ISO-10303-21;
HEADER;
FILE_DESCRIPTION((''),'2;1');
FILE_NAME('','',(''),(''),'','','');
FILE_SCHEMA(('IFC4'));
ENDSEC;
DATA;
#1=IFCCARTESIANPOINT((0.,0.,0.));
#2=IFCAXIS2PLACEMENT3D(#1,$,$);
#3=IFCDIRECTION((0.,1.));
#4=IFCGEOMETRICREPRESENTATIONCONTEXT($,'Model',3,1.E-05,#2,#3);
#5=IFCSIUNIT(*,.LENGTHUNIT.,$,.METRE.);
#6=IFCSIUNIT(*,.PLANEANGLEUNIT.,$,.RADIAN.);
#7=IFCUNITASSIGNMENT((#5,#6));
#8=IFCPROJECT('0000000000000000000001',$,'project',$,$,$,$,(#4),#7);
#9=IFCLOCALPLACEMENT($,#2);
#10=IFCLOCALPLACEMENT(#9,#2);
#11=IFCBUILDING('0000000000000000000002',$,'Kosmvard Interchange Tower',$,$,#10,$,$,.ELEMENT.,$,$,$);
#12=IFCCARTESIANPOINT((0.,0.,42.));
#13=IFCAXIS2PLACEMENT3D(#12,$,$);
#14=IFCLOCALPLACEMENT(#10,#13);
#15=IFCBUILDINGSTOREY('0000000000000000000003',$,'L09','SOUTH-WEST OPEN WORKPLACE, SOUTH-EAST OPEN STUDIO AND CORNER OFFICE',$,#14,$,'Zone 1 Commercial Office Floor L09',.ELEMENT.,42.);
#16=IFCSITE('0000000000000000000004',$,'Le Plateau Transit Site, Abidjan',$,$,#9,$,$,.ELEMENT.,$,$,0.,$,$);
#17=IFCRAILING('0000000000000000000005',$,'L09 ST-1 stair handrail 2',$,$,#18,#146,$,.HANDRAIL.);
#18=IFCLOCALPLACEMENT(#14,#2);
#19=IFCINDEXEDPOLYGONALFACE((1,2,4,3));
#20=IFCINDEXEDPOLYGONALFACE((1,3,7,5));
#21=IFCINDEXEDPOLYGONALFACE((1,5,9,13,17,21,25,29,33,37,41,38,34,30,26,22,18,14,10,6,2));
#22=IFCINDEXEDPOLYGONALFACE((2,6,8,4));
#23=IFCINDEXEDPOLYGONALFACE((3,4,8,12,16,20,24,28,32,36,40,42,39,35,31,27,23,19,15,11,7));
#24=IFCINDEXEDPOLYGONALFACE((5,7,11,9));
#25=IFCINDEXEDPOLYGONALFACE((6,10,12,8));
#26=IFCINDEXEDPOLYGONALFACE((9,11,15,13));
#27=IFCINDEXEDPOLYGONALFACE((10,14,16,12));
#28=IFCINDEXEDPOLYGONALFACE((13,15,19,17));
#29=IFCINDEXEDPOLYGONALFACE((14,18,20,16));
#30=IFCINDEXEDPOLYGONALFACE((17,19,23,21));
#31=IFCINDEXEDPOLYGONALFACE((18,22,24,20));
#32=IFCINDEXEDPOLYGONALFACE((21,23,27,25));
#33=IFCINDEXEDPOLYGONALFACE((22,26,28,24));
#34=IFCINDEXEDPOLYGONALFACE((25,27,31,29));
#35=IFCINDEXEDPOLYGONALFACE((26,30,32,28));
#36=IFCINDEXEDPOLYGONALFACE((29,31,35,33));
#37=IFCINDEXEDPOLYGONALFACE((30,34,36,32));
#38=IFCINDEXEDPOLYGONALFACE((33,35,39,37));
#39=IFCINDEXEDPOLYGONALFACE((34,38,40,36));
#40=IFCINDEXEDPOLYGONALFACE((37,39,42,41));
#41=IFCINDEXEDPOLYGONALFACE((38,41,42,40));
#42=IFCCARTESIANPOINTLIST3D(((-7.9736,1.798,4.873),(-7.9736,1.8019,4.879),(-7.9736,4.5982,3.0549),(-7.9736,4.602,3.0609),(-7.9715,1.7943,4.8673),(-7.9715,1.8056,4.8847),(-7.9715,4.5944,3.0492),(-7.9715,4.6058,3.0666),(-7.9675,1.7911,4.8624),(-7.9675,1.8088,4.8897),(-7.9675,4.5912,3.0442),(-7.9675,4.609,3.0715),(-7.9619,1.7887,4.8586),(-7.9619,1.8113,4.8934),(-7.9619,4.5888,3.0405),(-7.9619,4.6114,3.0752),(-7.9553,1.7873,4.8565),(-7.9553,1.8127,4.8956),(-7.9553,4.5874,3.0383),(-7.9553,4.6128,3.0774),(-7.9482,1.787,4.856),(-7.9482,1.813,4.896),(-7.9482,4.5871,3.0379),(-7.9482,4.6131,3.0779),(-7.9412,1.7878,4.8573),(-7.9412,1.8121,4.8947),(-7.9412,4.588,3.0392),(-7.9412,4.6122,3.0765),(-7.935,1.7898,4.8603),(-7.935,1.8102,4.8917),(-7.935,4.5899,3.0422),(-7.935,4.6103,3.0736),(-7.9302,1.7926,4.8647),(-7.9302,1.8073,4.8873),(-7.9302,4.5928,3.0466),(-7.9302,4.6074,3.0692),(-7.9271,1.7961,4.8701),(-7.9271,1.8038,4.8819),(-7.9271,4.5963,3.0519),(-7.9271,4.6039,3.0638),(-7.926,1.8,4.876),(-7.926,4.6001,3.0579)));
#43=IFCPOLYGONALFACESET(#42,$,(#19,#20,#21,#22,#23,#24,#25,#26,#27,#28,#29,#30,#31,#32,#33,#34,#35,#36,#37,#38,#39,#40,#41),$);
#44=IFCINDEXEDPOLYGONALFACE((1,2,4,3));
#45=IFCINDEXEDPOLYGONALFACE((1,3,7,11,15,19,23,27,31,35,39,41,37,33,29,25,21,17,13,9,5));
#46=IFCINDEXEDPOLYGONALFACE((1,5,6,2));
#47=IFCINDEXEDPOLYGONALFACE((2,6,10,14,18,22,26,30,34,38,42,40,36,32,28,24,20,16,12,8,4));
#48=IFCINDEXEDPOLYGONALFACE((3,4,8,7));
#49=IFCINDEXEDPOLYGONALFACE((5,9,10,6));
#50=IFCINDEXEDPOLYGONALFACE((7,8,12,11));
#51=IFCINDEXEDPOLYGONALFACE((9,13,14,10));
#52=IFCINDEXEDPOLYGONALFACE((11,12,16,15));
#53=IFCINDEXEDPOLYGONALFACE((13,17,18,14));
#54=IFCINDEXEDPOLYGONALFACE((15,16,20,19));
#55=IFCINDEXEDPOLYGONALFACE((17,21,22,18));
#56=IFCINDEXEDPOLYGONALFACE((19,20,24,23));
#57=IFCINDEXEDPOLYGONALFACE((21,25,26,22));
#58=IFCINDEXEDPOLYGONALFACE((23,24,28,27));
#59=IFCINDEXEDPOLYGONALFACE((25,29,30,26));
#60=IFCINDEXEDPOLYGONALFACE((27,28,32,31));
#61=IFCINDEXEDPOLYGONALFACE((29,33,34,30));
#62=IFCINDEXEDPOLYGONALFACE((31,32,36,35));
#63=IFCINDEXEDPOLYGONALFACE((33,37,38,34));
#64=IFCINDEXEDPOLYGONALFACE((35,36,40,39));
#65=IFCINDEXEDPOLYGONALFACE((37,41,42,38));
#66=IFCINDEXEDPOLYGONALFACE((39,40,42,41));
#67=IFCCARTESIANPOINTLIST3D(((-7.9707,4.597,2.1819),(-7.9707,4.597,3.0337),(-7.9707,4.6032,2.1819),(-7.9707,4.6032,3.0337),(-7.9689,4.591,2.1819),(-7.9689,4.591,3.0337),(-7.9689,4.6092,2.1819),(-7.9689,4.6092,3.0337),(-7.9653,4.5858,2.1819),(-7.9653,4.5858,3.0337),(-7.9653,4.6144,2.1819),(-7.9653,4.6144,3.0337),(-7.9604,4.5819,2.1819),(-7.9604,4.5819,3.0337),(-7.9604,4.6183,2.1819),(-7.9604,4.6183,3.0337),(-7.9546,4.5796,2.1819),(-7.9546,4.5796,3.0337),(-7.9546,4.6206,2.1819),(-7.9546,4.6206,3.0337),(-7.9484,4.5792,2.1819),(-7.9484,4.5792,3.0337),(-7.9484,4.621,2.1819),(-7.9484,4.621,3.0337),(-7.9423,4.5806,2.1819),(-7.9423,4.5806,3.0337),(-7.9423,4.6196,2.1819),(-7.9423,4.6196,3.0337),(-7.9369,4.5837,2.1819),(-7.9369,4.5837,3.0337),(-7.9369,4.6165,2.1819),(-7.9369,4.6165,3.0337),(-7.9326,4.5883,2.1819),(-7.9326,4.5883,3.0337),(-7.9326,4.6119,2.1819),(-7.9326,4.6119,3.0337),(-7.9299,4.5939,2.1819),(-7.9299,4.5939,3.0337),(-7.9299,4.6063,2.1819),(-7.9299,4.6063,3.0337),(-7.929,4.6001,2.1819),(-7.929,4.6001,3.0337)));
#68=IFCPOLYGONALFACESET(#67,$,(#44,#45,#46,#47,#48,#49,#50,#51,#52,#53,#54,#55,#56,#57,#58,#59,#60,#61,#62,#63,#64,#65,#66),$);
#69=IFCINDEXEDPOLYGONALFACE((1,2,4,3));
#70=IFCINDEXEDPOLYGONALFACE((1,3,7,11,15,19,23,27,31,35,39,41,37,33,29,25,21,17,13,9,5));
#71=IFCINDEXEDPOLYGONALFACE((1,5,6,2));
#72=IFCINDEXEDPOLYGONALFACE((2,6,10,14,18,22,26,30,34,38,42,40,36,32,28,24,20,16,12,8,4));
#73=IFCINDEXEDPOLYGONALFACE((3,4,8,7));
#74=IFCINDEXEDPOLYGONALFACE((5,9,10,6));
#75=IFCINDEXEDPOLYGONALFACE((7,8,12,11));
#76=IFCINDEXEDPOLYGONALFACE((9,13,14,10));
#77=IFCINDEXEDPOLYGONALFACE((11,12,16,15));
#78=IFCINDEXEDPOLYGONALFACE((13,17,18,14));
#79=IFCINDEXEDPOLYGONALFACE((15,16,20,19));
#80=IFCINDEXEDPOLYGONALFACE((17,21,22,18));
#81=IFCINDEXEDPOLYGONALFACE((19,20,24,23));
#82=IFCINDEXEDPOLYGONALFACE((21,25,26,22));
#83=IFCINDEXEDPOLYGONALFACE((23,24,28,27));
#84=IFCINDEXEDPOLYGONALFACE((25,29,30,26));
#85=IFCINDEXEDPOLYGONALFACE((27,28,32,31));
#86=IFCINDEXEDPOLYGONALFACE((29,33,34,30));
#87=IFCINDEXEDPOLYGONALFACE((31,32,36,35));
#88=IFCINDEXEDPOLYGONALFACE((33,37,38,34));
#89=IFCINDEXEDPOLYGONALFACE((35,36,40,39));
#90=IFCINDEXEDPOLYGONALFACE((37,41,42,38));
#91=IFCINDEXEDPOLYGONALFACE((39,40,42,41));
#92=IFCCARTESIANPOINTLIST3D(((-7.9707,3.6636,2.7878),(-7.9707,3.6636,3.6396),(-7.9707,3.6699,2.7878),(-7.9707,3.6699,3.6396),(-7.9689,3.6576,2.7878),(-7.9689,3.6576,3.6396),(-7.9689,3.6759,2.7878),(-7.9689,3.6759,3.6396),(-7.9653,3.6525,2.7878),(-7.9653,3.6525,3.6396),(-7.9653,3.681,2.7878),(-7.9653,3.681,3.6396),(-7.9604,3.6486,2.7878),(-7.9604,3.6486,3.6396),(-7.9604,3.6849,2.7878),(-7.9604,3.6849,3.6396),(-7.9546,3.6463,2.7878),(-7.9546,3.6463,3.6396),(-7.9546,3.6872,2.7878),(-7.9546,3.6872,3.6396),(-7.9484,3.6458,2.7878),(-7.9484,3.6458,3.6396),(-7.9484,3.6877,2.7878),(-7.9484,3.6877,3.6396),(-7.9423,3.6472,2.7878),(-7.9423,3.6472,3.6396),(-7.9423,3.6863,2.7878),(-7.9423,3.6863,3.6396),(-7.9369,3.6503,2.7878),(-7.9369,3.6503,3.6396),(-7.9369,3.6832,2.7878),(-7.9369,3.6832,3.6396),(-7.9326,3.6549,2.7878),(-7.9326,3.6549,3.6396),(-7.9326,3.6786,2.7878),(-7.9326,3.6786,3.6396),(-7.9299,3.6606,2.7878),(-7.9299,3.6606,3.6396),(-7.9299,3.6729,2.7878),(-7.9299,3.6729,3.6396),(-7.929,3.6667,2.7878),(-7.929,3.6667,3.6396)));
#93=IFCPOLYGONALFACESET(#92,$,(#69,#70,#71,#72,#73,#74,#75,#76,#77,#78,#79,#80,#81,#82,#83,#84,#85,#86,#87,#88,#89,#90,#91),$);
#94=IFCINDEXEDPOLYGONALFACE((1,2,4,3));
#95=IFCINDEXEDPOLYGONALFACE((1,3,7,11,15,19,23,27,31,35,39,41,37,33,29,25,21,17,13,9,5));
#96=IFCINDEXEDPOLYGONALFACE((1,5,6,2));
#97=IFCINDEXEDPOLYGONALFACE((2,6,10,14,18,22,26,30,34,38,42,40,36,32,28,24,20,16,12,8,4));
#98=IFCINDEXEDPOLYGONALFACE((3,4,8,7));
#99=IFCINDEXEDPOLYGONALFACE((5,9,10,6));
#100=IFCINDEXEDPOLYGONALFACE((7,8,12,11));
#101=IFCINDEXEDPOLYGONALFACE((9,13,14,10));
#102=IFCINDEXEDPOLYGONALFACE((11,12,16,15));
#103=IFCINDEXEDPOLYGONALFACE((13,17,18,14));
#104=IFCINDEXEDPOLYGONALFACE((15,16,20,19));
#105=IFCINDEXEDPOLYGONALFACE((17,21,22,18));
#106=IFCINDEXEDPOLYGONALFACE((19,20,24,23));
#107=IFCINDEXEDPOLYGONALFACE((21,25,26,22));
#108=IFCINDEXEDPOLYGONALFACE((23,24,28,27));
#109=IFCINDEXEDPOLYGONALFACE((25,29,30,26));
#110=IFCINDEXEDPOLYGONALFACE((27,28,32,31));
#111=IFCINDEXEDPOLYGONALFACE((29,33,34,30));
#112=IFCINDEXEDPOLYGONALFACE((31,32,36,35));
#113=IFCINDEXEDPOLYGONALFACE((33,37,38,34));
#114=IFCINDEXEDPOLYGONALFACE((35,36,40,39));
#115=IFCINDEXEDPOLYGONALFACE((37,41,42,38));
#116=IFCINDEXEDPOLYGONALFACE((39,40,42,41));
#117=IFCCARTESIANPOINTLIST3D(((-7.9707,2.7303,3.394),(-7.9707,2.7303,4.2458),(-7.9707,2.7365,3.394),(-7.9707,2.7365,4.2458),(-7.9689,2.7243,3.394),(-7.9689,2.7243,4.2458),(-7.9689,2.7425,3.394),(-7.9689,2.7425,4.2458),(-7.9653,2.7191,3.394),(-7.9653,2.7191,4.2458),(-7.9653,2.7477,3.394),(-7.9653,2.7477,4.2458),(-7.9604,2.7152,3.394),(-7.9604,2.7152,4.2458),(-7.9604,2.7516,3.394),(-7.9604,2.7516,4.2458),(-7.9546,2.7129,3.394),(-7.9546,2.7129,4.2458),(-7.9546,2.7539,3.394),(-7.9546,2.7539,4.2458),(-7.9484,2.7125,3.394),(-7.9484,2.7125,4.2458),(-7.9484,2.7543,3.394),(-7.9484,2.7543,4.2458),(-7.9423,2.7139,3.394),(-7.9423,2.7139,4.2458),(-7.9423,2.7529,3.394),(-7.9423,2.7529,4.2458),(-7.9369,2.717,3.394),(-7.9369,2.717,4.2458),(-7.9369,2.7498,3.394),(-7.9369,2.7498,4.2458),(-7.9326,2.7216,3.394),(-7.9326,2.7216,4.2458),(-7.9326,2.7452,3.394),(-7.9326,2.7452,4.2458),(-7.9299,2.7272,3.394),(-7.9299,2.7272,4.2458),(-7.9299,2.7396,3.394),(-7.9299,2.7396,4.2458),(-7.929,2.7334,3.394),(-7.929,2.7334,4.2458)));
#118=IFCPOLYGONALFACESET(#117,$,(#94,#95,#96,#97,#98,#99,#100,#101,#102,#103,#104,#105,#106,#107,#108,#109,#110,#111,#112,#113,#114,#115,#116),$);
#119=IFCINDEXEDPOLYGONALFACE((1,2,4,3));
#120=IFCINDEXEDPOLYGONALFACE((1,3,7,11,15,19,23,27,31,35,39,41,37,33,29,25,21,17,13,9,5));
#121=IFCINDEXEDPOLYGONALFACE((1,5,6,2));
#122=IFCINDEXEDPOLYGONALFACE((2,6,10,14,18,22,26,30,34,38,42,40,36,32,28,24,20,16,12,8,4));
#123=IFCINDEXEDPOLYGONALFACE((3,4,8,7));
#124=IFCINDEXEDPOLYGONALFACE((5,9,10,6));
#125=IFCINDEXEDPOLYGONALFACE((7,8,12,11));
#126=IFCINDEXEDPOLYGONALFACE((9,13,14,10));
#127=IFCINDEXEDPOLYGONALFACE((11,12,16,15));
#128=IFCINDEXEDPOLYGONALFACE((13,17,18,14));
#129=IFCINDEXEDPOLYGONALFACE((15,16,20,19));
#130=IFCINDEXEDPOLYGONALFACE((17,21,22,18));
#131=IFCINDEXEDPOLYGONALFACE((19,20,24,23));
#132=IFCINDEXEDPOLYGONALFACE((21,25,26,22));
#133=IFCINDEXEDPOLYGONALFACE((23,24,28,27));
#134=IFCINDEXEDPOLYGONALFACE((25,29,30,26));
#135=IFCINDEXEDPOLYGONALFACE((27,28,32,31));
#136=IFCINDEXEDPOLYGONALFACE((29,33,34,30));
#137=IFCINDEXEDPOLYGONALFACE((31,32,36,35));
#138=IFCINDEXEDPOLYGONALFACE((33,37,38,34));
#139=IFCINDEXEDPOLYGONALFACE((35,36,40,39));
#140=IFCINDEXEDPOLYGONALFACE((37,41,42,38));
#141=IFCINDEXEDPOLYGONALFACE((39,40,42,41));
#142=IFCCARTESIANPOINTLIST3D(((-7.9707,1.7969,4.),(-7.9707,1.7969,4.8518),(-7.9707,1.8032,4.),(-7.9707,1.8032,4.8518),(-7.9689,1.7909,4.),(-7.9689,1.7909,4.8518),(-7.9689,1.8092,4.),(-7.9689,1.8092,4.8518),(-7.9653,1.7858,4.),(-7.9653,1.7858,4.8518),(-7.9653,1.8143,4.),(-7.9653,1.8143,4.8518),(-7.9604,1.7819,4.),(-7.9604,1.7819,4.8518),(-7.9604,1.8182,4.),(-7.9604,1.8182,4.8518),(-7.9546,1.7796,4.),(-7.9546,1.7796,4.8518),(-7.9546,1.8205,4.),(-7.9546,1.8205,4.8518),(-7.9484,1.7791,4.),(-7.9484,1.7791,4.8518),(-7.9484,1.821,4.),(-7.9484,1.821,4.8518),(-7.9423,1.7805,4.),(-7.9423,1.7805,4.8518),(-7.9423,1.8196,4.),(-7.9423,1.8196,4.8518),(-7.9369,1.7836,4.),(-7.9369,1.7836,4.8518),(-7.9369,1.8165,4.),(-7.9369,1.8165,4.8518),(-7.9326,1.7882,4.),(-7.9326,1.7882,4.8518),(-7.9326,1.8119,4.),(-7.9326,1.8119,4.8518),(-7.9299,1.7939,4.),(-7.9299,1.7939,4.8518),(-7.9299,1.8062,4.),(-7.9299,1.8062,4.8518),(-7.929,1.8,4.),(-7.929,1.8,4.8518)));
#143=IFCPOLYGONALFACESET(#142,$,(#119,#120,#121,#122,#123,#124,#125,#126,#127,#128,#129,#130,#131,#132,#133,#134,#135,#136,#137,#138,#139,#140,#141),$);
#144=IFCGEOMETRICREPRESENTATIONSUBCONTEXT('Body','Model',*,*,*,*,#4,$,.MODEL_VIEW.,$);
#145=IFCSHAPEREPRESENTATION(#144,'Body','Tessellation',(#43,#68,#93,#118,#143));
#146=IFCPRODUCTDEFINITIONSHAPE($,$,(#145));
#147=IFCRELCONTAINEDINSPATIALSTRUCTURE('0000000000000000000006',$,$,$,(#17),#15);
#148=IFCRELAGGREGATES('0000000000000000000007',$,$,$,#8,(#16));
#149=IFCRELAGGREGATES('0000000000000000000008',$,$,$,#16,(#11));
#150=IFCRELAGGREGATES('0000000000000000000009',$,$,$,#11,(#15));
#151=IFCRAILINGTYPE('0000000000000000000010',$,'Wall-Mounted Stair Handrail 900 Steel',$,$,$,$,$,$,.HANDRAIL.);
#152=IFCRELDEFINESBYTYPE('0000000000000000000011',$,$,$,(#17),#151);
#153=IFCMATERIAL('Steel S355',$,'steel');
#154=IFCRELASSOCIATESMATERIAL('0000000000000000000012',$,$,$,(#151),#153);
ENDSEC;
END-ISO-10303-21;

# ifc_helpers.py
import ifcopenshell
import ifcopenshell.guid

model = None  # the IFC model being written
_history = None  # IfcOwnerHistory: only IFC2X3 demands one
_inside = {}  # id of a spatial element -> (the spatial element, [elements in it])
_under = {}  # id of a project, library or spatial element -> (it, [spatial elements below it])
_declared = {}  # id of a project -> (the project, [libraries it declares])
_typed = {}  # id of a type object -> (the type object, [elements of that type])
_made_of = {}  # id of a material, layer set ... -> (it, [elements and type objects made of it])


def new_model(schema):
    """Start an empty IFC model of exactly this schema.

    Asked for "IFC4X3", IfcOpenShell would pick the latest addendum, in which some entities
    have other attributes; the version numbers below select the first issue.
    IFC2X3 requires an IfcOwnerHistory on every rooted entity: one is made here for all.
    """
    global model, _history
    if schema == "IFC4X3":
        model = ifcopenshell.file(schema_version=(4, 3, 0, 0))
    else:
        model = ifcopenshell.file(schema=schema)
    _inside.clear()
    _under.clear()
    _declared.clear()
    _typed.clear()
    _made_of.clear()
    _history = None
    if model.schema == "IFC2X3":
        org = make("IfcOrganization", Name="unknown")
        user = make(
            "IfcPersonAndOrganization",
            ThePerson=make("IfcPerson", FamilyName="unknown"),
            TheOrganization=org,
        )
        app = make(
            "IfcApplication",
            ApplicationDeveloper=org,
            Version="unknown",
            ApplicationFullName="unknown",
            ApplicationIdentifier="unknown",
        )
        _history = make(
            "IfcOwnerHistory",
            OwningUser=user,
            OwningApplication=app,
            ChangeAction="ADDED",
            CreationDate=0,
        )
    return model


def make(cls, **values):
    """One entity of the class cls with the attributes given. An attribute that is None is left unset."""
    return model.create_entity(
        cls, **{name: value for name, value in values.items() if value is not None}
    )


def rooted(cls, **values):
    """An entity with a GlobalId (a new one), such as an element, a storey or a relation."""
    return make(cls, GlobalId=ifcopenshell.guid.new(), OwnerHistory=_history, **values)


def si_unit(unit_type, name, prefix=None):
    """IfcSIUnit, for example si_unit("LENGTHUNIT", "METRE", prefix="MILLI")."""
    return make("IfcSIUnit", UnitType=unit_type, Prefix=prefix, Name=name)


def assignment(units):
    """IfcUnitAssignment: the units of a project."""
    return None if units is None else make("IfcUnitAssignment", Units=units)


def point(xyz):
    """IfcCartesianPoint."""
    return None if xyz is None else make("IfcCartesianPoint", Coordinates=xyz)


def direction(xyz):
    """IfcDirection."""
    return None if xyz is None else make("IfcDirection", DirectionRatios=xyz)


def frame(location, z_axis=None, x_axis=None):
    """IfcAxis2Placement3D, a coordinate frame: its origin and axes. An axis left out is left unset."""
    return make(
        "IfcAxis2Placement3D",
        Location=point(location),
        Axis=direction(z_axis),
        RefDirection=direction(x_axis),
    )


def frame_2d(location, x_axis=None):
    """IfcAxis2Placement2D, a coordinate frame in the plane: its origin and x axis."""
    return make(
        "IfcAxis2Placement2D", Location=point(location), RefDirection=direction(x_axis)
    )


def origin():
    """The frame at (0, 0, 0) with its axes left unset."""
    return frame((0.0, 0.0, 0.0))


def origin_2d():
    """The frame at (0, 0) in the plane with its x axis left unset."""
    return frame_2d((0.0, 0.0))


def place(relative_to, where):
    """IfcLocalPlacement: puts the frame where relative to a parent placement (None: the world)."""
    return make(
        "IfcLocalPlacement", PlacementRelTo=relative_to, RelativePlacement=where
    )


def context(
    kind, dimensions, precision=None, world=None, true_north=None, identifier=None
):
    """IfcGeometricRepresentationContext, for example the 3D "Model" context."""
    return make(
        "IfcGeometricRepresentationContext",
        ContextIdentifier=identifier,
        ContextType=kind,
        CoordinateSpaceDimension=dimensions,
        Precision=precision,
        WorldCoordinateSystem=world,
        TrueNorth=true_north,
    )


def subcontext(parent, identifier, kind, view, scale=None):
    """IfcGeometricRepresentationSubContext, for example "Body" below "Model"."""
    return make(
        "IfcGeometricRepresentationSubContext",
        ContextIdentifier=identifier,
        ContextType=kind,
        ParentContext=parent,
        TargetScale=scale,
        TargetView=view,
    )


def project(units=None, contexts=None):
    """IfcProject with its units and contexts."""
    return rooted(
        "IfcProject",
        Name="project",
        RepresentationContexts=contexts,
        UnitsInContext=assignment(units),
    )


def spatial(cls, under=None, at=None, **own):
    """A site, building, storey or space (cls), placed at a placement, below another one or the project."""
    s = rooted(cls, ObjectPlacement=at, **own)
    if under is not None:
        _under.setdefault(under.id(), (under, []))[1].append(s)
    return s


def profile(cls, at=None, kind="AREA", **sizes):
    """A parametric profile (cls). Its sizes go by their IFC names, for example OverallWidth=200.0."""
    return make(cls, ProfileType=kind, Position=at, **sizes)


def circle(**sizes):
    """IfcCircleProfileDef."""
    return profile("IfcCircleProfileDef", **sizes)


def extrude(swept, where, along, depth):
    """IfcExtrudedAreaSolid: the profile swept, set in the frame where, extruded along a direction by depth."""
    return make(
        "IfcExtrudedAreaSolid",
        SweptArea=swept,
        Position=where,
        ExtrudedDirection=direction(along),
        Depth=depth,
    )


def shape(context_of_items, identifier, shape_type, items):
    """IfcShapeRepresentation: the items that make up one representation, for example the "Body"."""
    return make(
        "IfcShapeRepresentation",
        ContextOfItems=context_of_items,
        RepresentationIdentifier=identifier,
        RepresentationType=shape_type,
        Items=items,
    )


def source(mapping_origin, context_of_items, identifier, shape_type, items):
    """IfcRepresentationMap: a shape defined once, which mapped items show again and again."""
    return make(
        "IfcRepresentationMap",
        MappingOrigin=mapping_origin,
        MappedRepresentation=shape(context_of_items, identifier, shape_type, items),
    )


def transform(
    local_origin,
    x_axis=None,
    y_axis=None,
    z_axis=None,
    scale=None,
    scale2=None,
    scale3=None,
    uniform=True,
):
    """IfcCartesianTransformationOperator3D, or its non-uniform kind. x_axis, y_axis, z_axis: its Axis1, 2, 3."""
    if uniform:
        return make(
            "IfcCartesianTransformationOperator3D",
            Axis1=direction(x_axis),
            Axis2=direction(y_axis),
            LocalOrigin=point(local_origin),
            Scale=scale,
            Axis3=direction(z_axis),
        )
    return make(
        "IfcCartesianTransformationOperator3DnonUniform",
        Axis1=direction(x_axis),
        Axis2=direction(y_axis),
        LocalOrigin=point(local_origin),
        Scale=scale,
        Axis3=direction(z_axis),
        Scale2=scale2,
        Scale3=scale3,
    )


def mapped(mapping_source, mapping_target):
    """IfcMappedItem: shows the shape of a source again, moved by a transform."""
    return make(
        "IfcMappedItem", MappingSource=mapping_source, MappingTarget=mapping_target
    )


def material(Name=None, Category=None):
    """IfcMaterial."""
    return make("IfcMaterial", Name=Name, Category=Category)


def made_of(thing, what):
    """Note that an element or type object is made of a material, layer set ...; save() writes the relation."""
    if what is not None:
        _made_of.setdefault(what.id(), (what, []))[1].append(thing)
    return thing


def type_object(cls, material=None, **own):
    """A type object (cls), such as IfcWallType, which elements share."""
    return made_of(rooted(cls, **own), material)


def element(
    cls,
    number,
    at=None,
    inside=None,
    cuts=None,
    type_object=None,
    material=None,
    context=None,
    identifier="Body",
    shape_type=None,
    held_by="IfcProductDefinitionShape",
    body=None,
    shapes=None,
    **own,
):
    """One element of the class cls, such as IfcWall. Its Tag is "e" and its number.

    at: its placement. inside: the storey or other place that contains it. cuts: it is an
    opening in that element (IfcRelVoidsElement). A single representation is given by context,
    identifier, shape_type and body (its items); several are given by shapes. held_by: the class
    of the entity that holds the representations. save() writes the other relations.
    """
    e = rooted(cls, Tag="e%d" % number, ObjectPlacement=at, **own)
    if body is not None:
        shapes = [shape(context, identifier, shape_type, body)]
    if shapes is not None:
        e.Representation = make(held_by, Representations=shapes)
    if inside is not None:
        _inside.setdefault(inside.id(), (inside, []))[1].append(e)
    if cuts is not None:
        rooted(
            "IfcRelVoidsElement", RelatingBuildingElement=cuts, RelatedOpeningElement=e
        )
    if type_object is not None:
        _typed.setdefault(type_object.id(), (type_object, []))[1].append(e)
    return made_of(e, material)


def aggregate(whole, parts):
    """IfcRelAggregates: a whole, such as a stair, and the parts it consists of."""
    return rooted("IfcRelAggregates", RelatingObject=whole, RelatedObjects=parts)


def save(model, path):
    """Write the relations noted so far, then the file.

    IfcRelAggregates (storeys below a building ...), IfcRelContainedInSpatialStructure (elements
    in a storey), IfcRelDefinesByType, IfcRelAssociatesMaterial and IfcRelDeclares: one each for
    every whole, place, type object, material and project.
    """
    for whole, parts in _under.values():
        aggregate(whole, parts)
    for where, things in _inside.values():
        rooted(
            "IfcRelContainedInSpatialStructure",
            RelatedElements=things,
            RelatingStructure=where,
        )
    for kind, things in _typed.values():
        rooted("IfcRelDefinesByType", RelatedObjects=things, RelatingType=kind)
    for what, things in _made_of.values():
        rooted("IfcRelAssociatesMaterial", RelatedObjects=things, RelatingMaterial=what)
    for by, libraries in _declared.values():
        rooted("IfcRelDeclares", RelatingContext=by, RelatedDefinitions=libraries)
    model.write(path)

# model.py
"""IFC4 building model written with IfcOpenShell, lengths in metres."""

from ifc_helpers import new_model, si_unit, direction, frame, origin, origin_2d, place, context, subcontext, project, spatial, circle, extrude, source, transform, mapped, material, type_object, element, save


model = new_model("IFC4")

# Units and contexts
model_context = context("Model", 3, precision=1e-05, world=origin(), true_north=direction((0.0, 1.0)))
body_context = subcontext(model_context, "Body", "Model", "MODEL_VIEW")
ifc_project = project(units=[si_unit("LENGTHUNIT", "METRE"), si_unit("PLANEANGLEUNIT", "RADIAN")], contexts=[model_context])

# Site, building, storey
site_placement = place(None, origin())
site = spatial("IfcSite", under=ifc_project, at=site_placement, Name="Le Plateau Transit Site, Abidjan", CompositionType="ELEMENT", RefElevation=0.0)
building_placement = place(site_placement, origin())
building = spatial("IfcBuilding", under=site, at=building_placement, Name="Kosmvard Interchange Tower", CompositionType="ELEMENT")
storey_placement = place(building_placement, frame((0.0, 0.0, 42.0)))
storey = spatial("IfcBuildingStorey", under=building, at=storey_placement, Name="L09", Description="SOUTH-WEST OPEN WORKPLACE, SOUTH-EAST OPEN STUDIO AND CORNER OFFICE", LongName="Zone 1 Commercial Office Floor L09", CompositionType="ELEMENT", Elevation=42.0)

# Railing
ifc_material_1 = material(Name="Steel S355", Category="steel")
railing_type_1 = type_object("IfcRailingType", Name="Wall-Mounted Stair Handrail 900 Steel", PredefinedType="HANDRAIL", material=ifc_material_1)
shared_shape_1 = source(origin(), body_context, "Body", "SweptSolid", [
    extrude(circle(Radius=0.0239, at=origin_2d()), frame((0.0, 0.0, 0.876), z_axis=(0.0, -0.838706, 0.544585), x_axis=(1.0, 0.0, 0.0)), (0.0, 0.0, 1.0), 3.3386),
    extrude(circle(Radius=0.021, at=origin_2d()), origin(), (0.0, 0.0, 1.0), 0.8518),
    extrude(circle(Radius=0.021, at=origin_2d()), frame((0.0, -0.9333, 0.606)), (0.0, 0.0, 1.0), 0.8518),
    extrude(circle(Radius=0.021, at=origin_2d()), frame((0.0, -1.8667, 1.2122)), (0.0, 0.0, 1.0), 0.8518),
    extrude(circle(Radius=0.021, at=origin_2d()), frame((0.0, -2.8, 1.8181)), (0.0, 0.0, 1.0), 0.8518),
])
railing_1_placement = place(storey_placement, frame((-7.95, 4.6001, 2.1819)))
element("IfcRailing", 1, at=railing_1_placement, inside=storey, type_object=railing_type_1, Name="L09 ST-1 stair handrail 2", PredefinedType="HANDRAIL", context=body_context, shape_type="MappedRepresentation", body=[
    mapped(shared_shape_1, transform((0.0, 0.0, 0.0), scale=1.0)),
])

save(model, "model.ifc")
